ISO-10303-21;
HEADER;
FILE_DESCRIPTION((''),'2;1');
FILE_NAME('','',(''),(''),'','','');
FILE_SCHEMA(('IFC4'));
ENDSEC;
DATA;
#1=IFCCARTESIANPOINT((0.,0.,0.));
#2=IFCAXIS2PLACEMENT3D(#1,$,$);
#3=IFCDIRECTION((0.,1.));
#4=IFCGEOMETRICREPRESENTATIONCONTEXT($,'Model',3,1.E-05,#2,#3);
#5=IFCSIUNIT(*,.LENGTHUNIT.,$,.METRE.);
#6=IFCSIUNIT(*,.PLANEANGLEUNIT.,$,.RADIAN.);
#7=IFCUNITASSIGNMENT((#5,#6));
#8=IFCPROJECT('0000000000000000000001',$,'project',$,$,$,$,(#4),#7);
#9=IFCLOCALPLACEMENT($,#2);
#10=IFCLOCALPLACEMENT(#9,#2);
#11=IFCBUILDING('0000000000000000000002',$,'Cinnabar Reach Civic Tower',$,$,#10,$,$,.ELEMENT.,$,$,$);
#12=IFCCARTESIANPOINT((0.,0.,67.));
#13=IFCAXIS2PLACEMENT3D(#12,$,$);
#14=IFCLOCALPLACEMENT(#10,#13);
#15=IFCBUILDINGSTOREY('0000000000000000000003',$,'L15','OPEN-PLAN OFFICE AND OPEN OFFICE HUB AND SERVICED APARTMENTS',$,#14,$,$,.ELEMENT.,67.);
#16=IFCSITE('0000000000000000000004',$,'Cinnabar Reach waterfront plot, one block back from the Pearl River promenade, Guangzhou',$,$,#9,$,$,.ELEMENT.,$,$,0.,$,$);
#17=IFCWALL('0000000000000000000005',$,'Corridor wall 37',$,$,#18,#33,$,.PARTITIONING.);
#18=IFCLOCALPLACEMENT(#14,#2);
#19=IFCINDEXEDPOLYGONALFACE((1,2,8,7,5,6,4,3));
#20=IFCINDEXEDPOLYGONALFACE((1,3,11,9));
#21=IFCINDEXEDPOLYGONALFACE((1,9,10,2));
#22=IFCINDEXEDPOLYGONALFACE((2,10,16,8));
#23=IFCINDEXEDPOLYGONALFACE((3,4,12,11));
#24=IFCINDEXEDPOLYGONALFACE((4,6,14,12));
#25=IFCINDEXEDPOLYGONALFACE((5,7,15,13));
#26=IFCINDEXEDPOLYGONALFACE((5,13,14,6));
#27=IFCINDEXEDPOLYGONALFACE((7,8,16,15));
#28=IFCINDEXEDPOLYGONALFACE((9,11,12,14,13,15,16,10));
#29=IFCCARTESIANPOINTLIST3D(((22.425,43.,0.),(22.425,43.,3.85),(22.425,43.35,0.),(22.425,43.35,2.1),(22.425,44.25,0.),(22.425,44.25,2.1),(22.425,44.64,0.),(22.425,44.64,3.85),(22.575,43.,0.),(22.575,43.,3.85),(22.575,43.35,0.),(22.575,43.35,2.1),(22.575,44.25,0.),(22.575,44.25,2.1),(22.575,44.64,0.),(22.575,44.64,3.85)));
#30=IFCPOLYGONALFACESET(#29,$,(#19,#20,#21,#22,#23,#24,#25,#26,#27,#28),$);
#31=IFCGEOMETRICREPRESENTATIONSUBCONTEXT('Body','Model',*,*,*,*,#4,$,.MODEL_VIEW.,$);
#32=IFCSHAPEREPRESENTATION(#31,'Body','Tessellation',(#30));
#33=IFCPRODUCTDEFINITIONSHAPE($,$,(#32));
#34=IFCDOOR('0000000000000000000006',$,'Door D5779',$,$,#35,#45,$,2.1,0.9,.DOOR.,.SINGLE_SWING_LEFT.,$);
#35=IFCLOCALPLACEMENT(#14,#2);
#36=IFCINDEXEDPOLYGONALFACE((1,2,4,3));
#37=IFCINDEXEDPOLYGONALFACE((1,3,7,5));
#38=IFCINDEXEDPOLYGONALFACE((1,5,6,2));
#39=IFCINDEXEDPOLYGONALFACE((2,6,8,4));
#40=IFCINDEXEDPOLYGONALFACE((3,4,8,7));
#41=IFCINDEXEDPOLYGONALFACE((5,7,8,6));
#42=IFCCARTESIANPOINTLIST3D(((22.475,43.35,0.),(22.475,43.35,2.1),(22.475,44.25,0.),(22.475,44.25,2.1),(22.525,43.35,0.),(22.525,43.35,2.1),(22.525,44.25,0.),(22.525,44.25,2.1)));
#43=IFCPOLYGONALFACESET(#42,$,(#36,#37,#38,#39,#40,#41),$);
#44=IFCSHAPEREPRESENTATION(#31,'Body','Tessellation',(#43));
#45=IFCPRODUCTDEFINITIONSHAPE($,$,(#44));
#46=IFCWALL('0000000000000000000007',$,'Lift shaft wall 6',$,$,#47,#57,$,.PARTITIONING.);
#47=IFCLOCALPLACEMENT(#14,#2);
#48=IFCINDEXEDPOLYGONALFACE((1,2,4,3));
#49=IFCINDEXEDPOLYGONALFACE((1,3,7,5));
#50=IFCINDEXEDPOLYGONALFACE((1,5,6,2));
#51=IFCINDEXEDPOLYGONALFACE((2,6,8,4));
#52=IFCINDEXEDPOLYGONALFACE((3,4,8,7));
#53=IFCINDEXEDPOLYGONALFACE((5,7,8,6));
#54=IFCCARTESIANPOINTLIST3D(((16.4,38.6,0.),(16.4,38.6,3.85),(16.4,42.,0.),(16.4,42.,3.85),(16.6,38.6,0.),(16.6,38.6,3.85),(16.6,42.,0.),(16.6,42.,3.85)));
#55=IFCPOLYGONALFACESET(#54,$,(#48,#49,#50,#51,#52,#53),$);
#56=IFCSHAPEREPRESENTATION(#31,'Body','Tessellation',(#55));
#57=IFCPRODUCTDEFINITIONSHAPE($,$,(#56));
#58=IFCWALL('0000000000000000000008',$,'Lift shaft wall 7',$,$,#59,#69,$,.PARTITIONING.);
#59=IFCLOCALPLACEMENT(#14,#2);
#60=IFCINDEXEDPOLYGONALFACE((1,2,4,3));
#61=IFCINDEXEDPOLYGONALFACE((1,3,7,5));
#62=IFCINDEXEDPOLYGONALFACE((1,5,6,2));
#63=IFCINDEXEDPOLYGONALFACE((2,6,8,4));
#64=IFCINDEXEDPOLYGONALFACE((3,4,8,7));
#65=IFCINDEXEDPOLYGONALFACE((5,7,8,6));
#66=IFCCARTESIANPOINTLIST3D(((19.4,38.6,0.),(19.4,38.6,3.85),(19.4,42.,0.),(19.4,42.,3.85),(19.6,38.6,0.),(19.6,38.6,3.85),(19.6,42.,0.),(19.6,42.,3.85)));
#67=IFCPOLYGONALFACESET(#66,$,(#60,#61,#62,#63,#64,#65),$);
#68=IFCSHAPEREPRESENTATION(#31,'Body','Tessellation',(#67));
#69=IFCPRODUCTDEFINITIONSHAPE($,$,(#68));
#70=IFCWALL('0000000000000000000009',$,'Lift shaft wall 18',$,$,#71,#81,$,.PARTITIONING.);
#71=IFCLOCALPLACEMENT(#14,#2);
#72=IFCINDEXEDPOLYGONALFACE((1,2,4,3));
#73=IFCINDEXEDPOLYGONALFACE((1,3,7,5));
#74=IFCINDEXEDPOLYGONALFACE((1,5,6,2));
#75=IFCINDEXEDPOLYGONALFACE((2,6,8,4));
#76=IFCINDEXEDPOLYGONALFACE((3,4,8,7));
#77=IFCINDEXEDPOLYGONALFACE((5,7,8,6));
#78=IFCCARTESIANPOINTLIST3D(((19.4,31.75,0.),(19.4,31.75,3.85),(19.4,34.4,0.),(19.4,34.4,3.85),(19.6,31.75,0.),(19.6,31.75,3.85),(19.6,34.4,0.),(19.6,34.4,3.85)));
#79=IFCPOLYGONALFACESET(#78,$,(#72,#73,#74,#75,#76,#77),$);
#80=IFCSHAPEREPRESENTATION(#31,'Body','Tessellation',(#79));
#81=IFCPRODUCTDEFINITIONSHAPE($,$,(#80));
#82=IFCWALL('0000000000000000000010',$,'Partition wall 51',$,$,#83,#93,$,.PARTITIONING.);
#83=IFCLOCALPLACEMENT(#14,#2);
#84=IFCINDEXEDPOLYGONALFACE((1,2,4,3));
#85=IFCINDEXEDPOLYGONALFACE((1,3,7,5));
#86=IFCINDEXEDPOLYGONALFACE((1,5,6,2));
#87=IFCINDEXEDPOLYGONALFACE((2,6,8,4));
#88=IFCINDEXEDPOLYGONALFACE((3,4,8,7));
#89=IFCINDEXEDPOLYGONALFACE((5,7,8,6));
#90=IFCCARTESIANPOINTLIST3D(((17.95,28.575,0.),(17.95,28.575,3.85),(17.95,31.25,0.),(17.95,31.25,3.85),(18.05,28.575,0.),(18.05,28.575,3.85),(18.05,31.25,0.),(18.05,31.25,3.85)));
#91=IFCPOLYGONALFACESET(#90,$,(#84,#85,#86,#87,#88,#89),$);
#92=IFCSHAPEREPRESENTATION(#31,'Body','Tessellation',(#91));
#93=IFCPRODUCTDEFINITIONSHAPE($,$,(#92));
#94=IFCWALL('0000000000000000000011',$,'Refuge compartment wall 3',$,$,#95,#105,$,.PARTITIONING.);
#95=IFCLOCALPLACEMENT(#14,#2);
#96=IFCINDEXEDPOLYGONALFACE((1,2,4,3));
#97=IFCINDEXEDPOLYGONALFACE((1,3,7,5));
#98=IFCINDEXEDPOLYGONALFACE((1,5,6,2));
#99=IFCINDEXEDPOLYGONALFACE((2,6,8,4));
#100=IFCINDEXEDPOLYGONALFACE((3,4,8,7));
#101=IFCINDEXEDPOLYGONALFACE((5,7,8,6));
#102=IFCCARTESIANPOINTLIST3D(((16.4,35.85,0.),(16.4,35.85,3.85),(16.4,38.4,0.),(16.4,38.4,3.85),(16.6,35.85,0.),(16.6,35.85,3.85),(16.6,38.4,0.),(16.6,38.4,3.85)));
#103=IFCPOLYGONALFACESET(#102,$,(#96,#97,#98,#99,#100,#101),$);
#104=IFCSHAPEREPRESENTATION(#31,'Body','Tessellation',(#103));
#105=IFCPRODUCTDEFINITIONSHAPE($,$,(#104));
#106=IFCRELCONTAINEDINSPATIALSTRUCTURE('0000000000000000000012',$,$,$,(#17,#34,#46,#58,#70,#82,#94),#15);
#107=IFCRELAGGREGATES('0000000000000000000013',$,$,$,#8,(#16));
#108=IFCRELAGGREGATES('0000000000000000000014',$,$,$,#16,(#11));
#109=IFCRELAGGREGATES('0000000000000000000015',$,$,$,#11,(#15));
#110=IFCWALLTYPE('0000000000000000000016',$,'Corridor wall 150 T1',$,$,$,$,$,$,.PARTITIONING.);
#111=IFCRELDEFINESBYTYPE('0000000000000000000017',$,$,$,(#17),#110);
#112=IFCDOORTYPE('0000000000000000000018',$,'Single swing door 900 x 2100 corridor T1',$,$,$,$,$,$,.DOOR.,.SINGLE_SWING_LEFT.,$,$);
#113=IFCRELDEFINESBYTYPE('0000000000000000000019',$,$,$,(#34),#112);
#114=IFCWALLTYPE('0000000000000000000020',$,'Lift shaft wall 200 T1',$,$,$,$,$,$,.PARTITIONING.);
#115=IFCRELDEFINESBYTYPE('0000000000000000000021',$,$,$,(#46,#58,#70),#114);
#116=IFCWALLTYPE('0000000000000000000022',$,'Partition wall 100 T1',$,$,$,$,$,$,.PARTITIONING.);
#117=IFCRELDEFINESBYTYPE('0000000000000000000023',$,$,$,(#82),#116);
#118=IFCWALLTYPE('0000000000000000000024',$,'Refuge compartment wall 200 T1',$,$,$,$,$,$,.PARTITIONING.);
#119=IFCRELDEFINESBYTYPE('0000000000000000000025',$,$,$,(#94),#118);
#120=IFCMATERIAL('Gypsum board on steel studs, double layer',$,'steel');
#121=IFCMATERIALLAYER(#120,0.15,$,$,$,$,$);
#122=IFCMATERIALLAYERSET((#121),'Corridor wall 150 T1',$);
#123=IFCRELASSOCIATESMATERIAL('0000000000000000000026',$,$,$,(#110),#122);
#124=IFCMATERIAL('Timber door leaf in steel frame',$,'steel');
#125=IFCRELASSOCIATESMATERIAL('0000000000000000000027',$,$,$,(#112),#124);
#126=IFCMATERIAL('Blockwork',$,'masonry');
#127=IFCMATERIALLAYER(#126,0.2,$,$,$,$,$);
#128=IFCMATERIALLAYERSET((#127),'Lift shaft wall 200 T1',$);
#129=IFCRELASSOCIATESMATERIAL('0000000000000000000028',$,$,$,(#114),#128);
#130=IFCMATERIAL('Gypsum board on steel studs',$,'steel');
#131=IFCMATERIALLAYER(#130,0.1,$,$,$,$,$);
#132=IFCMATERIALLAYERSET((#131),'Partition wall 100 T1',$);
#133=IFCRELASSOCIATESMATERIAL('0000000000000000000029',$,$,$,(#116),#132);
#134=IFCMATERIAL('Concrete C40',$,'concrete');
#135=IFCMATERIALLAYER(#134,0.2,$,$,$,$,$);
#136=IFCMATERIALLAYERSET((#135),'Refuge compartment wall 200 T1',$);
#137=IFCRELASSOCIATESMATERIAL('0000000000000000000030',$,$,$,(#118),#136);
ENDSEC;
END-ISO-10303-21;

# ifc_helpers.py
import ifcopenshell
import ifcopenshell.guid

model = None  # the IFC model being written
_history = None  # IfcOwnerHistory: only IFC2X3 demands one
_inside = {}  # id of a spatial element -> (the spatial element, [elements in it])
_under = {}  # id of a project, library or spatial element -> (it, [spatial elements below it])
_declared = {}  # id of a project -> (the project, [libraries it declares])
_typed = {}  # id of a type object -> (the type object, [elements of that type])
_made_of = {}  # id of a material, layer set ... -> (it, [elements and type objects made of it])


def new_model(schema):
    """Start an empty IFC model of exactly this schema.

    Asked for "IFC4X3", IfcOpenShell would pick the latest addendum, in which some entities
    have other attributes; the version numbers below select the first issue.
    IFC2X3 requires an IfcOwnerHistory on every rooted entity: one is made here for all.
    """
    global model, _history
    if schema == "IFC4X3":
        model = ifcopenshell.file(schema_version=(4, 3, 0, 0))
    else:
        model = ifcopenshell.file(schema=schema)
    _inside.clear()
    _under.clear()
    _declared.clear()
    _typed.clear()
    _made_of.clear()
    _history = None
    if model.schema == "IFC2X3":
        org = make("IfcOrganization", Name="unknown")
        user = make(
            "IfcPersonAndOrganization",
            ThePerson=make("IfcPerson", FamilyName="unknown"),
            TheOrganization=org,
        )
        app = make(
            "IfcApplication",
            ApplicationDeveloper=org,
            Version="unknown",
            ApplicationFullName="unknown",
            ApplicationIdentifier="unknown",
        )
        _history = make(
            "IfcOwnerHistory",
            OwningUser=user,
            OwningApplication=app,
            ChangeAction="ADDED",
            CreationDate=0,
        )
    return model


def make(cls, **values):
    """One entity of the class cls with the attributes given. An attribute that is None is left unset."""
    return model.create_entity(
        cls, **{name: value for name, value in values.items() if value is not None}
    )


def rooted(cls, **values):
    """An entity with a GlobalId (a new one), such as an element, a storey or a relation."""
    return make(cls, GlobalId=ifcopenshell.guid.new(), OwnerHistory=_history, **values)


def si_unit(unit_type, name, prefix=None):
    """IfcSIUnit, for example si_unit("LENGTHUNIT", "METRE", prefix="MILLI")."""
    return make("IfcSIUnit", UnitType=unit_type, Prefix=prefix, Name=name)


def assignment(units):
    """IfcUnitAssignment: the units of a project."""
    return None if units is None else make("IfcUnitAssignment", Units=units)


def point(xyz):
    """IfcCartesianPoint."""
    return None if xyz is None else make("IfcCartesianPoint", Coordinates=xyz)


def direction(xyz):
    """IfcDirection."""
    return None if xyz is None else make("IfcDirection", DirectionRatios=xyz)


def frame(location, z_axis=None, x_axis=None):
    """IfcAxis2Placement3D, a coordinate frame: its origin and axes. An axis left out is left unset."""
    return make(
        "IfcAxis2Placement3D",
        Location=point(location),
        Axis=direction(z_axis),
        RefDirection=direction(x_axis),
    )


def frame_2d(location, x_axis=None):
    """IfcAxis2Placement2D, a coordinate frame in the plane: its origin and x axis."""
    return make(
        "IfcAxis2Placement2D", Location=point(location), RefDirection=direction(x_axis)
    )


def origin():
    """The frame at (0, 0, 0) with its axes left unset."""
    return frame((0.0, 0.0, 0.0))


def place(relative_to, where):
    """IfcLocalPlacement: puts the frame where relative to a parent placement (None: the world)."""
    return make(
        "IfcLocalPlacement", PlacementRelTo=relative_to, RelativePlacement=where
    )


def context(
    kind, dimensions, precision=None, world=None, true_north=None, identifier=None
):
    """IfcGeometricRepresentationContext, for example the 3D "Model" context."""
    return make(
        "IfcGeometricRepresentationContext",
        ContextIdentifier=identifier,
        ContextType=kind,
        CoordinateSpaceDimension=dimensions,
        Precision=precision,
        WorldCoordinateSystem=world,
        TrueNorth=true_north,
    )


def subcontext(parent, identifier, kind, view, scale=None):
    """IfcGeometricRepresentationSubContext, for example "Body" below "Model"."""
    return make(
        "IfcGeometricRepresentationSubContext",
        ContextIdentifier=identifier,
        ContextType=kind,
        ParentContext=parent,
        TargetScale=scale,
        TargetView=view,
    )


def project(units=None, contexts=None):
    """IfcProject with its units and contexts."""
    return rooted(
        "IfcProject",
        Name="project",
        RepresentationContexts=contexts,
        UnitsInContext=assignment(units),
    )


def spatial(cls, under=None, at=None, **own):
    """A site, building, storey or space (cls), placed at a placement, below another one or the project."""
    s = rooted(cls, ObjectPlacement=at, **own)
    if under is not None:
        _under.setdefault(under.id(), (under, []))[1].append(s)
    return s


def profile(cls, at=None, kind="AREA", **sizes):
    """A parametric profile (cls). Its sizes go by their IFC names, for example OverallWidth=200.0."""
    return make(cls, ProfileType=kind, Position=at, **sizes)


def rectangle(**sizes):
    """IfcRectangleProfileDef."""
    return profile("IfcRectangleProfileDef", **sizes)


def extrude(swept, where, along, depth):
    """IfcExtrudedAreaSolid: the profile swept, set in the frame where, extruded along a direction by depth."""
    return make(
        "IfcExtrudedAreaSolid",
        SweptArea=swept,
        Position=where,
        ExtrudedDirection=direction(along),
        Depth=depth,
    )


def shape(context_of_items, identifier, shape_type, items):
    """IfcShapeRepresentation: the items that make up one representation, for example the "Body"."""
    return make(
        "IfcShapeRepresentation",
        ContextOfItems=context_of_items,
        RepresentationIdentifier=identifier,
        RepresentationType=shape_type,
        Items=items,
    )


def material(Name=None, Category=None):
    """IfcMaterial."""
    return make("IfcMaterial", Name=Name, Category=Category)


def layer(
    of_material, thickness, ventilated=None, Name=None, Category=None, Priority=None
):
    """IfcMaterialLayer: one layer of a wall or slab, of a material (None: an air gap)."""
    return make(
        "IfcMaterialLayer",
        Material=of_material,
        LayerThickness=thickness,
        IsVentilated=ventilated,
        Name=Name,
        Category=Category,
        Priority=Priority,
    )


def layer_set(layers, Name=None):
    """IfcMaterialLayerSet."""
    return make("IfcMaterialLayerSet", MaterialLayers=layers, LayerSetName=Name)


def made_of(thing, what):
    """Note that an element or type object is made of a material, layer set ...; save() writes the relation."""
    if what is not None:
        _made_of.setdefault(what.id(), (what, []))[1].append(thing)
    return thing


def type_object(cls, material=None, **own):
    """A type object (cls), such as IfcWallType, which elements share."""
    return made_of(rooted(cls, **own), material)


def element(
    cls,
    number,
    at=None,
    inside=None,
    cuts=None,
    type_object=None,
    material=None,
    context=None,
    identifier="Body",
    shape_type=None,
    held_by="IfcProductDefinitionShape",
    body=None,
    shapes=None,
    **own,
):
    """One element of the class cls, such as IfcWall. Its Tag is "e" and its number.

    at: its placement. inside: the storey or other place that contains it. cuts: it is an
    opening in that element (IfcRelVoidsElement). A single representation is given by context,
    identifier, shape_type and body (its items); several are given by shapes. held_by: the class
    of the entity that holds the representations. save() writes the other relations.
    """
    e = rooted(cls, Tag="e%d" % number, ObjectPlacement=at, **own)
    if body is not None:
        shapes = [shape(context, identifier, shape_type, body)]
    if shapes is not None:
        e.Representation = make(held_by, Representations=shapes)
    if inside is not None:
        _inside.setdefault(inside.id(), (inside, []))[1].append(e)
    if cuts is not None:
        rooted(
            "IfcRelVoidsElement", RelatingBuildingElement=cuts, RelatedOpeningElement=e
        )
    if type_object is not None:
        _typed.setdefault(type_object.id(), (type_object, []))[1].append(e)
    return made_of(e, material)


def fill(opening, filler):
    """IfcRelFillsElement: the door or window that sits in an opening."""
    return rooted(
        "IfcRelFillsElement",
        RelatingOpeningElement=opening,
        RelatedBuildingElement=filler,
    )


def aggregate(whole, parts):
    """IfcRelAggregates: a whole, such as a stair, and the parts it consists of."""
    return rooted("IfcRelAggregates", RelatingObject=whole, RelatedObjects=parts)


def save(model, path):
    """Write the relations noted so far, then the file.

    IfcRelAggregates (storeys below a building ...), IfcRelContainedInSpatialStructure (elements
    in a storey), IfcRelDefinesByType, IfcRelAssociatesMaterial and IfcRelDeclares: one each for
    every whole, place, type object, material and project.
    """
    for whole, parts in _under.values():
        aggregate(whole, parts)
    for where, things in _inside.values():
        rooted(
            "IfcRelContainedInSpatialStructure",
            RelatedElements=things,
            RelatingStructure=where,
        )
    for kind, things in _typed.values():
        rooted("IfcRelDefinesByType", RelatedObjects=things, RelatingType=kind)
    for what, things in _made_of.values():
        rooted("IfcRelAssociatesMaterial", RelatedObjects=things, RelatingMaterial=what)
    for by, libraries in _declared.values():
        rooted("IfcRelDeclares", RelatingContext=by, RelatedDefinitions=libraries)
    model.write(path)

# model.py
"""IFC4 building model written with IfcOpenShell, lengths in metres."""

from ifc_helpers import new_model, si_unit, direction, frame, frame_2d, origin, place, context, subcontext, project, spatial, rectangle, extrude, material, layer, layer_set, type_object, element, fill, save


model = new_model("IFC4")

# Units and contexts
model_context = context("Model", 3, precision=1e-05, world=origin(), true_north=direction((0.0, 1.0)))
body_context = subcontext(model_context, "Body", "Model", "MODEL_VIEW")
ifc_project = project(units=[si_unit("LENGTHUNIT", "METRE"), si_unit("PLANEANGLEUNIT", "RADIAN")], contexts=[model_context])

# Site, building, storey
site_placement = place(None, origin())
site = spatial("IfcSite", under=ifc_project, at=site_placement, Name="Cinnabar Reach waterfront plot, one block back from the Pearl River promenade, Guangzhou", CompositionType="ELEMENT", RefElevation=0.0)
building_placement = place(site_placement, origin())
building = spatial("IfcBuilding", under=site, at=building_placement, Name="Cinnabar Reach Civic Tower", CompositionType="ELEMENT")
storey_placement = place(building_placement, frame((0.0, 0.0, 67.0)))
storey = spatial("IfcBuildingStorey", under=building, at=storey_placement, Name="L15", Description="OPEN-PLAN OFFICE AND OPEN OFFICE HUB AND SERVICED APARTMENTS", CompositionType="ELEMENT", Elevation=67.0)

# Shared definitions
ifc_material_1 = material(Name="Timber door leaf in steel frame", Category="steel")

# Wall, opening, door
ifc_material_2 = material(Name="Gypsum board on steel studs, double layer", Category="steel")
ifc_layer_1 = layer(ifc_material_2, 0.15)
ifc_layer_set_1 = layer_set([ifc_layer_1], Name="Corridor wall 150 T1")
wall_type_1 = type_object("IfcWallType", Name="Corridor wall 150 T1", PredefinedType="PARTITIONING", material=ifc_layer_set_1)
wall_1_placement = place(storey_placement, frame((22.5, 43.0, 0.0), z_axis=(0.0, 0.0, 1.0), x_axis=(0.0, 1.0, 0.0)))
wall_1 = element("IfcWall", 1, at=wall_1_placement, inside=storey, type_object=wall_type_1, Name="Corridor wall 37", PredefinedType="PARTITIONING", context=body_context, shape_type="SweptSolid", body=[
    extrude(rectangle(XDim=1.64, YDim=0.15, at=frame_2d((0.82, 0.0))), origin(), (0.0, 0.0, 1.0), 3.85),
])
opening_1_placement = place(wall_1_placement, frame((0.35, 0.0, 0.0)))
opening_1 = element("IfcOpeningElement", 2, at=opening_1_placement, cuts=wall_1, PredefinedType="OPENING", context=body_context, shape_type="SweptSolid", body=[
    extrude(rectangle(XDim=0.9, YDim=2.1, at=frame_2d((0.45, 1.05))), frame((0.0, 0.085, 0.0), z_axis=(0.0, -1.0, 0.0), x_axis=(1.0, 0.0, 0.0)), (0.0, 0.0, 1.0), 0.17),
])
door_type_1 = type_object("IfcDoorType", Name="Single swing door 900 x 2100 corridor T1", OperationType="SINGLE_SWING_LEFT", PredefinedType="DOOR", material=ifc_material_1)
door_1_placement = place(opening_1_placement, origin())
door_1 = element("IfcDoor", 3, at=door_1_placement, inside=storey, type_object=door_type_1, Name="Door D5779", OperationType="SINGLE_SWING_LEFT", OverallHeight=2.1, OverallWidth=0.9, PredefinedType="DOOR", context=body_context, shape_type="SweptSolid", body=[
    extrude(rectangle(XDim=0.9, YDim=2.1, at=frame_2d((0.45, 1.05))), frame((0.0, 0.025, 0.0), z_axis=(0.0, -1.0, 0.0), x_axis=(1.0, 0.0, 0.0)), (0.0, 0.0, 1.0), 0.05),
])
fill(opening_1, door_1)

# Walls
ifc_material_3 = material(Name="Blockwork", Category="masonry")
ifc_layer_2 = layer(ifc_material_3, 0.2)
ifc_layer_set_2 = layer_set([ifc_layer_2], Name="Lift shaft wall 200 T1")
wall_type_2 = type_object("IfcWallType", Name="Lift shaft wall 200 T1", PredefinedType="PARTITIONING", material=ifc_layer_set_2)
for number, where, z_axis, x_axis, name in (
    (4, (16.5, 38.6, 0.0), (0.0, 0.0, 1.0), (0.0, 1.0, 0.0), "Lift shaft wall 6"),
    (5, (19.5, 38.6, 0.0), (0.0, 0.0, 1.0), (0.0, 1.0, 0.0), "Lift shaft wall 7"),
):
    element("IfcWall", number, at=place(storey_placement, frame(where, z_axis=z_axis, x_axis=x_axis)), inside=storey, type_object=wall_type_2, Name=name, PredefinedType="PARTITIONING", context=body_context, shape_type="SweptSolid", body=[
        extrude(rectangle(XDim=3.4, YDim=0.2, at=frame_2d((1.7, 0.0))), origin(), (0.0, 0.0, 1.0), 3.85),
    ])
wall_2_placement = place(storey_placement, frame((19.5, 31.75, 0.0), z_axis=(0.0, 0.0, 1.0), x_axis=(0.0, 1.0, 0.0)))
element("IfcWall", 6, at=wall_2_placement, inside=storey, type_object=wall_type_2, Name="Lift shaft wall 18", PredefinedType="PARTITIONING", context=body_context, shape_type="SweptSolid", body=[
    extrude(rectangle(XDim=2.65, YDim=0.2, at=frame_2d((1.325, 0.0))), origin(), (0.0, 0.0, 1.0), 3.85),
])
ifc_material_4 = material(Name="Gypsum board on steel studs", Category="steel")
ifc_layer_3 = layer(ifc_material_4, 0.1)
ifc_layer_set_3 = layer_set([ifc_layer_3], Name="Partition wall 100 T1")
wall_type_3 = type_object("IfcWallType", Name="Partition wall 100 T1", PredefinedType="PARTITIONING", material=ifc_layer_set_3)
wall_3_placement = place(storey_placement, frame((18.0, 28.575, 0.0), z_axis=(0.0, 0.0, 1.0), x_axis=(0.0, 1.0, 0.0)))
element("IfcWall", 7, at=wall_3_placement, inside=storey, type_object=wall_type_3, Name="Partition wall 51", PredefinedType="PARTITIONING", context=body_context, shape_type="SweptSolid", body=[
    extrude(rectangle(XDim=2.675, YDim=0.1, at=frame_2d((1.3375, 0.0))), origin(), (0.0, 0.0, 1.0), 3.85),
])
ifc_material_5 = material(Name="Concrete C40", Category="concrete")
ifc_layer_4 = layer(ifc_material_5, 0.2)
ifc_layer_set_4 = layer_set([ifc_layer_4], Name="Refuge compartment wall 200 T1")
wall_type_4 = type_object("IfcWallType", Name="Refuge compartment wall 200 T1", PredefinedType="PARTITIONING", material=ifc_layer_set_4)
wall_4_placement = place(storey_placement, frame((16.5, 35.85, 0.0), z_axis=(0.0, 0.0, 1.0), x_axis=(0.0, 1.0, 0.0)))
element("IfcWall", 8, at=wall_4_placement, inside=storey, type_object=wall_type_4, Name="Refuge compartment wall 3", PredefinedType="PARTITIONING", context=body_context, shape_type="SweptSolid", body=[
    extrude(rectangle(XDim=2.55, YDim=0.2, at=frame_2d((1.275, 0.0))), origin(), (0.0, 0.0, 1.0), 3.85),
])

save(model, "model.ifc")
